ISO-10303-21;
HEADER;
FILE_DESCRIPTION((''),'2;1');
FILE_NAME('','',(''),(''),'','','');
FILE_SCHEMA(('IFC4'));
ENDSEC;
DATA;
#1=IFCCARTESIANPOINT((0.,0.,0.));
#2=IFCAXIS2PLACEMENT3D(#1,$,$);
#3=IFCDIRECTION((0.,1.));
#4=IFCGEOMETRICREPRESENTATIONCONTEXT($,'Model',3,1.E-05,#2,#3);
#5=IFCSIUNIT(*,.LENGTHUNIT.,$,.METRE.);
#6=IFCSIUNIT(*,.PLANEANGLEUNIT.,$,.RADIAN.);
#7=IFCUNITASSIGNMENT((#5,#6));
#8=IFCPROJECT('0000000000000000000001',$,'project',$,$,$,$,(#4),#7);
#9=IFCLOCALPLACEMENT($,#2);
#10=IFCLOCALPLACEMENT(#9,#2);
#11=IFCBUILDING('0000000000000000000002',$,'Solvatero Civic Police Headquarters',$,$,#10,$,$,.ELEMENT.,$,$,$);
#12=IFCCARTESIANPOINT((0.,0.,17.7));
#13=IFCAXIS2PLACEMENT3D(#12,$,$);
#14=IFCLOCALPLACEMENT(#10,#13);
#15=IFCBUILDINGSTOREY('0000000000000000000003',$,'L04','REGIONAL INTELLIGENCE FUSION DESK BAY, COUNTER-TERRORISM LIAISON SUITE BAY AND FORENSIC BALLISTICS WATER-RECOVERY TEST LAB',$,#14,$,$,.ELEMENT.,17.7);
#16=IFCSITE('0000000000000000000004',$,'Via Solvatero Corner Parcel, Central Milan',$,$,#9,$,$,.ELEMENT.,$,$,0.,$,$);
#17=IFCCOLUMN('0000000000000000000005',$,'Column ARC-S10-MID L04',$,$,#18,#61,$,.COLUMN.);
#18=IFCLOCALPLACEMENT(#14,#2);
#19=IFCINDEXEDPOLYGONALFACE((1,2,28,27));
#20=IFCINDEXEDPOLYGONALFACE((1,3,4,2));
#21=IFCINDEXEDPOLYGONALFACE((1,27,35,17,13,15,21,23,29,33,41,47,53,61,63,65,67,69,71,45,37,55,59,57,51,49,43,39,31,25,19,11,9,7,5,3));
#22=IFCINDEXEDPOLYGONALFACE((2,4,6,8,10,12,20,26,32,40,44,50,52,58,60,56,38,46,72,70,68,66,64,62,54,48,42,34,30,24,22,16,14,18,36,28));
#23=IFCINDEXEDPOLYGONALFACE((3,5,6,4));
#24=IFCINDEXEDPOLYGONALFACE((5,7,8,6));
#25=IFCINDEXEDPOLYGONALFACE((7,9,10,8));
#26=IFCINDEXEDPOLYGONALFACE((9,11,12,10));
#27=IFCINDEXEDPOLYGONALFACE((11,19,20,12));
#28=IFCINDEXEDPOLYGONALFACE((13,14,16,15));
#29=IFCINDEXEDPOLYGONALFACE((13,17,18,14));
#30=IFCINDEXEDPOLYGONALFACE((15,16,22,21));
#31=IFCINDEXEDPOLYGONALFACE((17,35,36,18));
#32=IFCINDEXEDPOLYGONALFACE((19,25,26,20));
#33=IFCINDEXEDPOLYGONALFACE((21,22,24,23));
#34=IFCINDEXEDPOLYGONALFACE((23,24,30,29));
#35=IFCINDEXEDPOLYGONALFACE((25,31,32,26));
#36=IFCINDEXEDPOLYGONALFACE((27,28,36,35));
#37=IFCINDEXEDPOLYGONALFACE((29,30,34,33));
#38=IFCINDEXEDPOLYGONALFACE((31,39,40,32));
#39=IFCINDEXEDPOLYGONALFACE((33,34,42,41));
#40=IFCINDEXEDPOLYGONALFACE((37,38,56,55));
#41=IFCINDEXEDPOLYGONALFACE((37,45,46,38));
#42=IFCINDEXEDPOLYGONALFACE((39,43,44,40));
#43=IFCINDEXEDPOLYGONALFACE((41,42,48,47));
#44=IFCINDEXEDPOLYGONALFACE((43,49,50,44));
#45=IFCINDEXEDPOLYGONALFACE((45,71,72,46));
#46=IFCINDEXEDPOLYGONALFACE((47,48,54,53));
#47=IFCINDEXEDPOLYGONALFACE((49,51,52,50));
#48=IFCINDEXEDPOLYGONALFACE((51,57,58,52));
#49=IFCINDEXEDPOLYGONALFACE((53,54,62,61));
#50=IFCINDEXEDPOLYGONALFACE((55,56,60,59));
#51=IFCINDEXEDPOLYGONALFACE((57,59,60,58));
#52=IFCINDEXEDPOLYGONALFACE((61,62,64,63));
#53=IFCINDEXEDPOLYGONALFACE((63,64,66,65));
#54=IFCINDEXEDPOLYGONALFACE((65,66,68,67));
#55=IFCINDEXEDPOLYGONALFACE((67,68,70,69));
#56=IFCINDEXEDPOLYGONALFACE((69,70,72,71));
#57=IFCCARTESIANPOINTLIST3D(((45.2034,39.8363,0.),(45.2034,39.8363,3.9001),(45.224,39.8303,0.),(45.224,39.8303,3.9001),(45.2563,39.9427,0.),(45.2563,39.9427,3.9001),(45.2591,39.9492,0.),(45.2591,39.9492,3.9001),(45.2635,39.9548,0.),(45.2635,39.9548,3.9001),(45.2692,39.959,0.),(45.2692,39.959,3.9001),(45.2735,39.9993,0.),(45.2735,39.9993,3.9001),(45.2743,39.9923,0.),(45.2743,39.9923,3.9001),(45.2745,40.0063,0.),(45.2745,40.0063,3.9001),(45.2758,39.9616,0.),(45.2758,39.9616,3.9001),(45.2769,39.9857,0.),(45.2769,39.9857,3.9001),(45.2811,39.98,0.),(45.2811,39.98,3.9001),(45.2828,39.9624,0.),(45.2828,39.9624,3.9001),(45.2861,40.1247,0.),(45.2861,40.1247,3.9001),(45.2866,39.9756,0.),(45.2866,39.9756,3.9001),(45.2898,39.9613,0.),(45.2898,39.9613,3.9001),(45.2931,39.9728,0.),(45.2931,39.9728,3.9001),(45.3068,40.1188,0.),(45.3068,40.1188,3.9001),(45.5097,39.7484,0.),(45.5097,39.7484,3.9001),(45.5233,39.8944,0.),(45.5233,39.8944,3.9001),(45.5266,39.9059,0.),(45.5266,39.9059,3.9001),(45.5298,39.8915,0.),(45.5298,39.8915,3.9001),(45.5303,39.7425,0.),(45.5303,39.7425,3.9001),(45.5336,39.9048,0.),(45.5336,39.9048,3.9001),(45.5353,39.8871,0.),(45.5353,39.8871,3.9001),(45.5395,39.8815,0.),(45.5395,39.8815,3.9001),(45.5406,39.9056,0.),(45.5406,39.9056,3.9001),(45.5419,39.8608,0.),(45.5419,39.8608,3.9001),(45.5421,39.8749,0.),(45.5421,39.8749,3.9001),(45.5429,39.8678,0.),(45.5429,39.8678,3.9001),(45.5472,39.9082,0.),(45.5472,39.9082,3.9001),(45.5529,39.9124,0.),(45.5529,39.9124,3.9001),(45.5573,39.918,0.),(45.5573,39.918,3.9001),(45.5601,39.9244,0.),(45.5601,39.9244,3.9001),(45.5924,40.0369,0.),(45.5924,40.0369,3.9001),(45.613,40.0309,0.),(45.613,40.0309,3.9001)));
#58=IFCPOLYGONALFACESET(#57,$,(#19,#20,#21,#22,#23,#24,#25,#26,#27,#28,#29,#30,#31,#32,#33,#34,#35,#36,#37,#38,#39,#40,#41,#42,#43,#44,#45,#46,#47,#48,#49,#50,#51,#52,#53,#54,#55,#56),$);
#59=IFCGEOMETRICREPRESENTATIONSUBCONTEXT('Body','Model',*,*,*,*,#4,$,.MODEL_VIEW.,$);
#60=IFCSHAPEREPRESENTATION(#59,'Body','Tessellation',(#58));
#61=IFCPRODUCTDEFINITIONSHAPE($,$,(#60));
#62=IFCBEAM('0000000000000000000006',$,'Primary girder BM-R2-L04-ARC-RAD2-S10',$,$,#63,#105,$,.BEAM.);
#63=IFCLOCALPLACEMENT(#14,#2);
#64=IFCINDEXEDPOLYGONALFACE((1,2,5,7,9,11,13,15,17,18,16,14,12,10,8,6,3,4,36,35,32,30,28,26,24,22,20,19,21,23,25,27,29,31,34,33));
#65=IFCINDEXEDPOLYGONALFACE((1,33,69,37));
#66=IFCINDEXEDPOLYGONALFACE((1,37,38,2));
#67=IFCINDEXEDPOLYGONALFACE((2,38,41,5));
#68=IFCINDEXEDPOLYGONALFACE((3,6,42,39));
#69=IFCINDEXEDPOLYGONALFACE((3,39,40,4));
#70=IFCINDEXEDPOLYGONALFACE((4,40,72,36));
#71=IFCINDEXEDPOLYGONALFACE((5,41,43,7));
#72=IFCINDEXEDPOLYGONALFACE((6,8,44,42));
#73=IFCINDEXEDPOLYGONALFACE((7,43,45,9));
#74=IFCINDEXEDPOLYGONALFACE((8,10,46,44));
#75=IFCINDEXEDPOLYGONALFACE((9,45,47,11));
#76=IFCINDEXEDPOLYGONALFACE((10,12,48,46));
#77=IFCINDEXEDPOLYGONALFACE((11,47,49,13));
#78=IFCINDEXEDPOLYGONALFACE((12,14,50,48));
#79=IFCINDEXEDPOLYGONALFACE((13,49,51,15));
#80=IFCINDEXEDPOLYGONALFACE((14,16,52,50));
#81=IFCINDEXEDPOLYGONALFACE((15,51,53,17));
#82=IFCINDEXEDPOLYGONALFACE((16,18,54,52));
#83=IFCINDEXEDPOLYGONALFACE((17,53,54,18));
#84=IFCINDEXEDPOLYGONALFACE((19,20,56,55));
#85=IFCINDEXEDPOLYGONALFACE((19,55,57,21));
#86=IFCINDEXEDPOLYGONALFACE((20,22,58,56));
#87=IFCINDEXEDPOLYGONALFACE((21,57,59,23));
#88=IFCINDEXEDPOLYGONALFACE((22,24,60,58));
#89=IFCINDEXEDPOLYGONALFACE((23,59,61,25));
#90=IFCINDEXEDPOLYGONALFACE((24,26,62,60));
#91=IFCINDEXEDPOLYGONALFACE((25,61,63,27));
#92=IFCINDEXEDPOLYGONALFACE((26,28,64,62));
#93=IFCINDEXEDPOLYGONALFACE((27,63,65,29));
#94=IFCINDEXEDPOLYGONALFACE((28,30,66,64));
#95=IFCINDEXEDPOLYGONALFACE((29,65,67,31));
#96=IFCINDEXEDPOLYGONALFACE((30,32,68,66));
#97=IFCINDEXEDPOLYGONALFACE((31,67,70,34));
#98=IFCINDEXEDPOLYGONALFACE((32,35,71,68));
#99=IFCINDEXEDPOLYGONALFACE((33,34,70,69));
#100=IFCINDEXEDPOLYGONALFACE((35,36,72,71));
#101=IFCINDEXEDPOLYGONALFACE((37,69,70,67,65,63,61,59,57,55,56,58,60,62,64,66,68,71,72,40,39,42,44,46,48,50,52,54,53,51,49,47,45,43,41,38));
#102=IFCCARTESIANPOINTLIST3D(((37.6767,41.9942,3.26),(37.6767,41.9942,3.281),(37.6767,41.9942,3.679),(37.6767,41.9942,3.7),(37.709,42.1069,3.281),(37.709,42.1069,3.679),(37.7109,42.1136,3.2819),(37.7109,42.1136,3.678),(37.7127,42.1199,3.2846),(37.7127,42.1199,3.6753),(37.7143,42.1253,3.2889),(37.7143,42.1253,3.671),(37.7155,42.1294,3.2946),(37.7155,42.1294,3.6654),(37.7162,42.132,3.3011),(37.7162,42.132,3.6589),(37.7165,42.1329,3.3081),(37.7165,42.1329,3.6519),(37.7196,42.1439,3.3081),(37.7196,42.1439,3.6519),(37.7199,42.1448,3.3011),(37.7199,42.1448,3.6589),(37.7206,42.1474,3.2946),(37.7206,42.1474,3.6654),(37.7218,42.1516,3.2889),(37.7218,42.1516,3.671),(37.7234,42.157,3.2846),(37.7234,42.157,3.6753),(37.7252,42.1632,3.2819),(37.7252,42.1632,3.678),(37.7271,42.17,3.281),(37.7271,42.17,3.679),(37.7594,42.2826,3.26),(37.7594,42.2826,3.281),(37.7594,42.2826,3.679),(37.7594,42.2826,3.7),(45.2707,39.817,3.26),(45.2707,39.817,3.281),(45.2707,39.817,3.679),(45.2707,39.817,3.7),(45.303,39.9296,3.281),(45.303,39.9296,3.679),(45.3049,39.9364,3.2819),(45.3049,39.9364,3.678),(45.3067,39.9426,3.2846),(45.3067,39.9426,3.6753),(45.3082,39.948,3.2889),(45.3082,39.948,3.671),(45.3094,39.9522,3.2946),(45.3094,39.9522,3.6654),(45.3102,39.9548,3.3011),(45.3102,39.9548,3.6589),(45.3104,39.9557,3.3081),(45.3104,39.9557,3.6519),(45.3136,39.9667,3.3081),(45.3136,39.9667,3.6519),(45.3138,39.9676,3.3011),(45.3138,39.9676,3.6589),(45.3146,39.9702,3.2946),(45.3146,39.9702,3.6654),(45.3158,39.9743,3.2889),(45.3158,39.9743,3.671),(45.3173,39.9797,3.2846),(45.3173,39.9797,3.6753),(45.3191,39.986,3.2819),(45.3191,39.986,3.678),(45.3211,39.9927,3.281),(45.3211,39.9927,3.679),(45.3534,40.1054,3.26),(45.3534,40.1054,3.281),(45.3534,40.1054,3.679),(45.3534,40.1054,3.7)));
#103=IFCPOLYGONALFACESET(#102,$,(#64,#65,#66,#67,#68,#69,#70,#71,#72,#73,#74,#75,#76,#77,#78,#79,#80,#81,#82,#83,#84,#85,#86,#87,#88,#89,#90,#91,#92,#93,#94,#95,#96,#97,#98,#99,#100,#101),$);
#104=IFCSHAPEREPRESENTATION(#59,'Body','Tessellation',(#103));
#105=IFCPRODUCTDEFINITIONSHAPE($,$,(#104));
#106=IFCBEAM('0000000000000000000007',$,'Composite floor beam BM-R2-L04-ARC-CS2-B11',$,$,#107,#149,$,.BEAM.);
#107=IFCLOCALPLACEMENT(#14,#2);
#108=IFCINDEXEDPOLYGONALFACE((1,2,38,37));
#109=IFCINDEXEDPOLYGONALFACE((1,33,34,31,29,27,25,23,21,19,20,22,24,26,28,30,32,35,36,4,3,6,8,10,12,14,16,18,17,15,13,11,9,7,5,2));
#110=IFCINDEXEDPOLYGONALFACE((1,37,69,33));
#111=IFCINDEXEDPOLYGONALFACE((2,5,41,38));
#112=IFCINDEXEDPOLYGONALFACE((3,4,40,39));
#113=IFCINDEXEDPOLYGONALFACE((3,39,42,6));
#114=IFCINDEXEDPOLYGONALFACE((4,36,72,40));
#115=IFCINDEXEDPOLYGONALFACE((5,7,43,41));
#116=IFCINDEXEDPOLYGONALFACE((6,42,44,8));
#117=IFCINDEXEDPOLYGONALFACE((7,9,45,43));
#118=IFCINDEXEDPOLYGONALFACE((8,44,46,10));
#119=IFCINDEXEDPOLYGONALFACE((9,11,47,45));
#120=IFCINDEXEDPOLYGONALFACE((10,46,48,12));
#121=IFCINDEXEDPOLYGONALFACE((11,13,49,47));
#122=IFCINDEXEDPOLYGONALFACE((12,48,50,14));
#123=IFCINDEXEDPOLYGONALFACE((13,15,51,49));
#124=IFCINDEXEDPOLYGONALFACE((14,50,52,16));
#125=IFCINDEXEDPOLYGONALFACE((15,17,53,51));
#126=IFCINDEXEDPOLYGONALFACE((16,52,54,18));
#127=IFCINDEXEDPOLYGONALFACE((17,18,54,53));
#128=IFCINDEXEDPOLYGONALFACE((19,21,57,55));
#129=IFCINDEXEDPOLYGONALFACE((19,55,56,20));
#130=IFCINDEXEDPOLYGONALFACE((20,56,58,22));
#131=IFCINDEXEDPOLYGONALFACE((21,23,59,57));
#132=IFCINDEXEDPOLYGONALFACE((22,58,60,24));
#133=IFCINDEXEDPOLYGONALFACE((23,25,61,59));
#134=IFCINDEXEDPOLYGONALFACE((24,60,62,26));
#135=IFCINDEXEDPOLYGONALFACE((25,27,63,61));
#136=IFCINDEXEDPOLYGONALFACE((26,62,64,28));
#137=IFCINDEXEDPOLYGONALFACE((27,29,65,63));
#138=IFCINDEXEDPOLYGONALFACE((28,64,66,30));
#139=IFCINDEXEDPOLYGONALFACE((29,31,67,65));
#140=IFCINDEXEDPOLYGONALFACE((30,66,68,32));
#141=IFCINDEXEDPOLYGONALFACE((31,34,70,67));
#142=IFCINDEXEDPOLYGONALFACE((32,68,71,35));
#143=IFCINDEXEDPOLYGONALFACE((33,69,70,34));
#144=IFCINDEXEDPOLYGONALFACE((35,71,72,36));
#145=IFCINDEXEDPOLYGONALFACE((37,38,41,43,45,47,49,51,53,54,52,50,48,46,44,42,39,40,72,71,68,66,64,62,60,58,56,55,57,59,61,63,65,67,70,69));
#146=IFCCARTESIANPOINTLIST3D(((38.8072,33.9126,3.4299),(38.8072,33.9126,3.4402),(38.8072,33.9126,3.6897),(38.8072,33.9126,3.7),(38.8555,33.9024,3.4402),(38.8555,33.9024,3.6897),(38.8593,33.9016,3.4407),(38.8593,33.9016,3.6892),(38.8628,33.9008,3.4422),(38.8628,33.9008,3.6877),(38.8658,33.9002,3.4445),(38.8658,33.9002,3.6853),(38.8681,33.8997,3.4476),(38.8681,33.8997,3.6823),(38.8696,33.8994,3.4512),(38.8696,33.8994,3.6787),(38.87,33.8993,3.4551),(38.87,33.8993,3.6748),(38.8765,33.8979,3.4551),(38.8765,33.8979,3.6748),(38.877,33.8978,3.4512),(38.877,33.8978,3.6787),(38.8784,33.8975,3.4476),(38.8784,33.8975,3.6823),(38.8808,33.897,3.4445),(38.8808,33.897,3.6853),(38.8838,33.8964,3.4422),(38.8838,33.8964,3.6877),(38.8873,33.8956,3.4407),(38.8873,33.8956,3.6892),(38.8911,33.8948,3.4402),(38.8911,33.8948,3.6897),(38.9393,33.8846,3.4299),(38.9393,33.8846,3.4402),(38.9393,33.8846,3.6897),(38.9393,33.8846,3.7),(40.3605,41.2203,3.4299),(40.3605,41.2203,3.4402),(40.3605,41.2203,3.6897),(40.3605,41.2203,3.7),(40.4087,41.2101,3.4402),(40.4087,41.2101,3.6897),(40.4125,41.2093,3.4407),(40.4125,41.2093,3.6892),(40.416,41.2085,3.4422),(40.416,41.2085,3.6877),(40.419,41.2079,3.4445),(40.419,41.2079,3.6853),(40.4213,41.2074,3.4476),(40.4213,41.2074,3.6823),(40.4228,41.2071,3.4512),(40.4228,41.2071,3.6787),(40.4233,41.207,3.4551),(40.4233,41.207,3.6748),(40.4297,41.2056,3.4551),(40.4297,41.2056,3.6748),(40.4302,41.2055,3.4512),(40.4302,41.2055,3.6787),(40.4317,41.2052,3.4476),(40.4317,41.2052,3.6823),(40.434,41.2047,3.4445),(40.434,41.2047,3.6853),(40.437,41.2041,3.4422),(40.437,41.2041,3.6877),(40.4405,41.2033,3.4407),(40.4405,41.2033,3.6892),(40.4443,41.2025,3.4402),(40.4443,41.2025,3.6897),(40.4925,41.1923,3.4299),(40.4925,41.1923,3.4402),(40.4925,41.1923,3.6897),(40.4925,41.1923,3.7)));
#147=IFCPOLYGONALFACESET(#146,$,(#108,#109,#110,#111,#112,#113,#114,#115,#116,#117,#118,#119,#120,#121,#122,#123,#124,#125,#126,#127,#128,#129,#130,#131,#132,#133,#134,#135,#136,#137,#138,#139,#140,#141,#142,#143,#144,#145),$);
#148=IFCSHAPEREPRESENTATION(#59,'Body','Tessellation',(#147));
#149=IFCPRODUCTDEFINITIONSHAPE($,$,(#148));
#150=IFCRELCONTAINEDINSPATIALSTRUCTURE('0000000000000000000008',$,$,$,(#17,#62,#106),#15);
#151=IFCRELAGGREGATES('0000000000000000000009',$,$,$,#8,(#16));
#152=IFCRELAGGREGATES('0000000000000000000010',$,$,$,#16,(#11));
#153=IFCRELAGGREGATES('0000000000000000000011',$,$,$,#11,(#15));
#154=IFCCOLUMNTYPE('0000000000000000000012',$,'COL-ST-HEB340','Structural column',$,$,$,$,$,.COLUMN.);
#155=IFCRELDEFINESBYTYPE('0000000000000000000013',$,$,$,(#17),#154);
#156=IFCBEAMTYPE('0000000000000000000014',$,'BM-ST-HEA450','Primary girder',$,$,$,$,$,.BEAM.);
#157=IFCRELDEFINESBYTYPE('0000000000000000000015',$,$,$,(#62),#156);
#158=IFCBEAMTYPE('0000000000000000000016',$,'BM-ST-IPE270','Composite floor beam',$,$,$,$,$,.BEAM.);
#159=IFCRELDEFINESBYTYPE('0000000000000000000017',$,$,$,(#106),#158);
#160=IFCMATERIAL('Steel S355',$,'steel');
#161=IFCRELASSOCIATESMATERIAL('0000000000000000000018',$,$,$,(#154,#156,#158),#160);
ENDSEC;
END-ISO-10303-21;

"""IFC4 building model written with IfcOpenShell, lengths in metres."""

from ifc_helpers import new_model, si_unit, direction, frame, origin, origin_2d, place, context, subcontext, project, spatial, i_section, extrude, material, material_profile, profile_set, type_object, element, save


model = new_model("IFC4")

# Units and contexts
model_context = context("Model", 3, precision=1e-05, world=origin(), true_north=direction((0.0, 1.0)))
body_context = subcontext(model_context, "Body", "Model", "MODEL_VIEW")
ifc_project = project(units=[si_unit("LENGTHUNIT", "METRE"), si_unit("PLANEANGLEUNIT", "RADIAN")], contexts=[model_context])

# Site, building, storey
site_placement = place(None, origin())
site = spatial("IfcSite", under=ifc_project, at=site_placement, Name="Via Solvatero Corner Parcel, Central Milan", CompositionType="ELEMENT", RefElevation=0.0)
building_placement = place(site_placement, origin())
building = spatial("IfcBuilding", under=site, at=building_placement, Name="Solvatero Civic Police Headquarters", CompositionType="ELEMENT")
storey_placement = place(building_placement, frame((0.0, 0.0, 17.7)))
storey = spatial("IfcBuildingStorey", under=building, at=storey_placement, Name="L04", Description="REGIONAL INTELLIGENCE FUSION DESK BAY, COUNTER-TERRORISM LIAISON SUITE BAY AND FORENSIC BALLISTICS WATER-RECOVERY TEST LAB", CompositionType="ELEMENT", Elevation=17.7)

# Column
ifc_material_1 = material(Name="Steel S355", Category="steel")
ifc_material_profile_1 = material_profile(ifc_material_1, i_section(OverallWidth=0.3, OverallDepth=0.3401, WebThickness=0.012, FlangeThickness=0.0215, FilletRadius=0.0271, at=origin_2d()), Name="HEB 340")
ifc_profile_set_1 = profile_set([ifc_material_profile_1], Name="Steel S355")
column_type = type_object("IfcColumnType", Name="COL-ST-HEB340", Description="Structural column", PredefinedType="COLUMN", material=ifc_profile_set_1)
column_placement = place(storey_placement, frame((45.4082, 39.9336, 0.0), z_axis=(0.0, 0.0, 1.0), x_axis=(0.275637, 0.961262, 0.0)))
element("IfcColumn", 1, at=column_placement, inside=storey, type_object=column_type, Name="Column ARC-S10-MID L04", PredefinedType="COLUMN", context=body_context, shape_type="SweptSolid", body=[
    extrude(i_section(OverallWidth=0.3, OverallDepth=0.3401, WebThickness=0.012, FlangeThickness=0.0215, FilletRadius=0.0271, at=origin_2d()), origin(), (0.0, 0.0, 1.0), 3.9001),
])

# Beams
ifc_material_profile_2 = material_profile(ifc_material_1, i_section(OverallWidth=0.3, OverallDepth=0.4399, WebThickness=0.0115, FlangeThickness=0.021, FilletRadius=0.0271, at=origin_2d()), Name="HEA 450")
ifc_profile_set_2 = profile_set([ifc_material_profile_2], Name="Steel S355")
beam_type_1 = type_object("IfcBeamType", Name="BM-ST-HEA450", Description="Primary girder", PredefinedType="BEAM", material=ifc_profile_set_2)
beam_1_placement = place(storey_placement, frame((45.312, 39.9612, 3.48), z_axis=(-0.961272, 0.275603, 0.0), x_axis=(-0.275603, -0.961272, 0.0)))
element("IfcBeam", 2, at=beam_1_placement, inside=storey, type_object=beam_type_1, Name="Primary girder BM-R2-L04-ARC-RAD2-S10", PredefinedType="BEAM", context=body_context, shape_type="SweptSolid", body=[
    extrude(i_section(OverallWidth=0.3, OverallDepth=0.4399, WebThickness=0.0115, FlangeThickness=0.021, FilletRadius=0.0271, at=origin_2d()), origin(), (0.0, 0.0, 1.0), 7.8999),
])
ifc_material_profile_3 = material_profile(ifc_material_1, i_section(OverallWidth=0.135, OverallDepth=0.27, WebThickness=0.0066, FlangeThickness=0.0103, FilletRadius=0.0149, at=origin_2d()), Name="IPE 270")
ifc_profile_set_3 = profile_set([ifc_material_profile_3], Name="Steel S355")
beam_type_2 = type_object("IfcBeamType", Name="BM-ST-IPE270", Description="Composite floor beam", PredefinedType="BEAM", material=ifc_profile_set_3)
beam_2_placement = place(storey_placement, frame((40.4265, 41.2063, 3.5649), z_axis=(-0.207904, -0.978149, 0.0), x_axis=(0.978149, -0.207904, 0.0)))
element("IfcBeam", 3, at=beam_2_placement, inside=storey, type_object=beam_type_2, Name="Composite floor beam BM-R2-L04-ARC-CS2-B11", PredefinedType="BEAM", context=body_context, shape_type="SweptSolid", body=[
    extrude(i_section(OverallWidth=0.135, OverallDepth=0.27, WebThickness=0.0066, FlangeThickness=0.0103, FilletRadius=0.0149, at=origin_2d()), origin(), (0.0, 0.0, 1.0), 7.4709),
])

save(model, "model.ifc")
